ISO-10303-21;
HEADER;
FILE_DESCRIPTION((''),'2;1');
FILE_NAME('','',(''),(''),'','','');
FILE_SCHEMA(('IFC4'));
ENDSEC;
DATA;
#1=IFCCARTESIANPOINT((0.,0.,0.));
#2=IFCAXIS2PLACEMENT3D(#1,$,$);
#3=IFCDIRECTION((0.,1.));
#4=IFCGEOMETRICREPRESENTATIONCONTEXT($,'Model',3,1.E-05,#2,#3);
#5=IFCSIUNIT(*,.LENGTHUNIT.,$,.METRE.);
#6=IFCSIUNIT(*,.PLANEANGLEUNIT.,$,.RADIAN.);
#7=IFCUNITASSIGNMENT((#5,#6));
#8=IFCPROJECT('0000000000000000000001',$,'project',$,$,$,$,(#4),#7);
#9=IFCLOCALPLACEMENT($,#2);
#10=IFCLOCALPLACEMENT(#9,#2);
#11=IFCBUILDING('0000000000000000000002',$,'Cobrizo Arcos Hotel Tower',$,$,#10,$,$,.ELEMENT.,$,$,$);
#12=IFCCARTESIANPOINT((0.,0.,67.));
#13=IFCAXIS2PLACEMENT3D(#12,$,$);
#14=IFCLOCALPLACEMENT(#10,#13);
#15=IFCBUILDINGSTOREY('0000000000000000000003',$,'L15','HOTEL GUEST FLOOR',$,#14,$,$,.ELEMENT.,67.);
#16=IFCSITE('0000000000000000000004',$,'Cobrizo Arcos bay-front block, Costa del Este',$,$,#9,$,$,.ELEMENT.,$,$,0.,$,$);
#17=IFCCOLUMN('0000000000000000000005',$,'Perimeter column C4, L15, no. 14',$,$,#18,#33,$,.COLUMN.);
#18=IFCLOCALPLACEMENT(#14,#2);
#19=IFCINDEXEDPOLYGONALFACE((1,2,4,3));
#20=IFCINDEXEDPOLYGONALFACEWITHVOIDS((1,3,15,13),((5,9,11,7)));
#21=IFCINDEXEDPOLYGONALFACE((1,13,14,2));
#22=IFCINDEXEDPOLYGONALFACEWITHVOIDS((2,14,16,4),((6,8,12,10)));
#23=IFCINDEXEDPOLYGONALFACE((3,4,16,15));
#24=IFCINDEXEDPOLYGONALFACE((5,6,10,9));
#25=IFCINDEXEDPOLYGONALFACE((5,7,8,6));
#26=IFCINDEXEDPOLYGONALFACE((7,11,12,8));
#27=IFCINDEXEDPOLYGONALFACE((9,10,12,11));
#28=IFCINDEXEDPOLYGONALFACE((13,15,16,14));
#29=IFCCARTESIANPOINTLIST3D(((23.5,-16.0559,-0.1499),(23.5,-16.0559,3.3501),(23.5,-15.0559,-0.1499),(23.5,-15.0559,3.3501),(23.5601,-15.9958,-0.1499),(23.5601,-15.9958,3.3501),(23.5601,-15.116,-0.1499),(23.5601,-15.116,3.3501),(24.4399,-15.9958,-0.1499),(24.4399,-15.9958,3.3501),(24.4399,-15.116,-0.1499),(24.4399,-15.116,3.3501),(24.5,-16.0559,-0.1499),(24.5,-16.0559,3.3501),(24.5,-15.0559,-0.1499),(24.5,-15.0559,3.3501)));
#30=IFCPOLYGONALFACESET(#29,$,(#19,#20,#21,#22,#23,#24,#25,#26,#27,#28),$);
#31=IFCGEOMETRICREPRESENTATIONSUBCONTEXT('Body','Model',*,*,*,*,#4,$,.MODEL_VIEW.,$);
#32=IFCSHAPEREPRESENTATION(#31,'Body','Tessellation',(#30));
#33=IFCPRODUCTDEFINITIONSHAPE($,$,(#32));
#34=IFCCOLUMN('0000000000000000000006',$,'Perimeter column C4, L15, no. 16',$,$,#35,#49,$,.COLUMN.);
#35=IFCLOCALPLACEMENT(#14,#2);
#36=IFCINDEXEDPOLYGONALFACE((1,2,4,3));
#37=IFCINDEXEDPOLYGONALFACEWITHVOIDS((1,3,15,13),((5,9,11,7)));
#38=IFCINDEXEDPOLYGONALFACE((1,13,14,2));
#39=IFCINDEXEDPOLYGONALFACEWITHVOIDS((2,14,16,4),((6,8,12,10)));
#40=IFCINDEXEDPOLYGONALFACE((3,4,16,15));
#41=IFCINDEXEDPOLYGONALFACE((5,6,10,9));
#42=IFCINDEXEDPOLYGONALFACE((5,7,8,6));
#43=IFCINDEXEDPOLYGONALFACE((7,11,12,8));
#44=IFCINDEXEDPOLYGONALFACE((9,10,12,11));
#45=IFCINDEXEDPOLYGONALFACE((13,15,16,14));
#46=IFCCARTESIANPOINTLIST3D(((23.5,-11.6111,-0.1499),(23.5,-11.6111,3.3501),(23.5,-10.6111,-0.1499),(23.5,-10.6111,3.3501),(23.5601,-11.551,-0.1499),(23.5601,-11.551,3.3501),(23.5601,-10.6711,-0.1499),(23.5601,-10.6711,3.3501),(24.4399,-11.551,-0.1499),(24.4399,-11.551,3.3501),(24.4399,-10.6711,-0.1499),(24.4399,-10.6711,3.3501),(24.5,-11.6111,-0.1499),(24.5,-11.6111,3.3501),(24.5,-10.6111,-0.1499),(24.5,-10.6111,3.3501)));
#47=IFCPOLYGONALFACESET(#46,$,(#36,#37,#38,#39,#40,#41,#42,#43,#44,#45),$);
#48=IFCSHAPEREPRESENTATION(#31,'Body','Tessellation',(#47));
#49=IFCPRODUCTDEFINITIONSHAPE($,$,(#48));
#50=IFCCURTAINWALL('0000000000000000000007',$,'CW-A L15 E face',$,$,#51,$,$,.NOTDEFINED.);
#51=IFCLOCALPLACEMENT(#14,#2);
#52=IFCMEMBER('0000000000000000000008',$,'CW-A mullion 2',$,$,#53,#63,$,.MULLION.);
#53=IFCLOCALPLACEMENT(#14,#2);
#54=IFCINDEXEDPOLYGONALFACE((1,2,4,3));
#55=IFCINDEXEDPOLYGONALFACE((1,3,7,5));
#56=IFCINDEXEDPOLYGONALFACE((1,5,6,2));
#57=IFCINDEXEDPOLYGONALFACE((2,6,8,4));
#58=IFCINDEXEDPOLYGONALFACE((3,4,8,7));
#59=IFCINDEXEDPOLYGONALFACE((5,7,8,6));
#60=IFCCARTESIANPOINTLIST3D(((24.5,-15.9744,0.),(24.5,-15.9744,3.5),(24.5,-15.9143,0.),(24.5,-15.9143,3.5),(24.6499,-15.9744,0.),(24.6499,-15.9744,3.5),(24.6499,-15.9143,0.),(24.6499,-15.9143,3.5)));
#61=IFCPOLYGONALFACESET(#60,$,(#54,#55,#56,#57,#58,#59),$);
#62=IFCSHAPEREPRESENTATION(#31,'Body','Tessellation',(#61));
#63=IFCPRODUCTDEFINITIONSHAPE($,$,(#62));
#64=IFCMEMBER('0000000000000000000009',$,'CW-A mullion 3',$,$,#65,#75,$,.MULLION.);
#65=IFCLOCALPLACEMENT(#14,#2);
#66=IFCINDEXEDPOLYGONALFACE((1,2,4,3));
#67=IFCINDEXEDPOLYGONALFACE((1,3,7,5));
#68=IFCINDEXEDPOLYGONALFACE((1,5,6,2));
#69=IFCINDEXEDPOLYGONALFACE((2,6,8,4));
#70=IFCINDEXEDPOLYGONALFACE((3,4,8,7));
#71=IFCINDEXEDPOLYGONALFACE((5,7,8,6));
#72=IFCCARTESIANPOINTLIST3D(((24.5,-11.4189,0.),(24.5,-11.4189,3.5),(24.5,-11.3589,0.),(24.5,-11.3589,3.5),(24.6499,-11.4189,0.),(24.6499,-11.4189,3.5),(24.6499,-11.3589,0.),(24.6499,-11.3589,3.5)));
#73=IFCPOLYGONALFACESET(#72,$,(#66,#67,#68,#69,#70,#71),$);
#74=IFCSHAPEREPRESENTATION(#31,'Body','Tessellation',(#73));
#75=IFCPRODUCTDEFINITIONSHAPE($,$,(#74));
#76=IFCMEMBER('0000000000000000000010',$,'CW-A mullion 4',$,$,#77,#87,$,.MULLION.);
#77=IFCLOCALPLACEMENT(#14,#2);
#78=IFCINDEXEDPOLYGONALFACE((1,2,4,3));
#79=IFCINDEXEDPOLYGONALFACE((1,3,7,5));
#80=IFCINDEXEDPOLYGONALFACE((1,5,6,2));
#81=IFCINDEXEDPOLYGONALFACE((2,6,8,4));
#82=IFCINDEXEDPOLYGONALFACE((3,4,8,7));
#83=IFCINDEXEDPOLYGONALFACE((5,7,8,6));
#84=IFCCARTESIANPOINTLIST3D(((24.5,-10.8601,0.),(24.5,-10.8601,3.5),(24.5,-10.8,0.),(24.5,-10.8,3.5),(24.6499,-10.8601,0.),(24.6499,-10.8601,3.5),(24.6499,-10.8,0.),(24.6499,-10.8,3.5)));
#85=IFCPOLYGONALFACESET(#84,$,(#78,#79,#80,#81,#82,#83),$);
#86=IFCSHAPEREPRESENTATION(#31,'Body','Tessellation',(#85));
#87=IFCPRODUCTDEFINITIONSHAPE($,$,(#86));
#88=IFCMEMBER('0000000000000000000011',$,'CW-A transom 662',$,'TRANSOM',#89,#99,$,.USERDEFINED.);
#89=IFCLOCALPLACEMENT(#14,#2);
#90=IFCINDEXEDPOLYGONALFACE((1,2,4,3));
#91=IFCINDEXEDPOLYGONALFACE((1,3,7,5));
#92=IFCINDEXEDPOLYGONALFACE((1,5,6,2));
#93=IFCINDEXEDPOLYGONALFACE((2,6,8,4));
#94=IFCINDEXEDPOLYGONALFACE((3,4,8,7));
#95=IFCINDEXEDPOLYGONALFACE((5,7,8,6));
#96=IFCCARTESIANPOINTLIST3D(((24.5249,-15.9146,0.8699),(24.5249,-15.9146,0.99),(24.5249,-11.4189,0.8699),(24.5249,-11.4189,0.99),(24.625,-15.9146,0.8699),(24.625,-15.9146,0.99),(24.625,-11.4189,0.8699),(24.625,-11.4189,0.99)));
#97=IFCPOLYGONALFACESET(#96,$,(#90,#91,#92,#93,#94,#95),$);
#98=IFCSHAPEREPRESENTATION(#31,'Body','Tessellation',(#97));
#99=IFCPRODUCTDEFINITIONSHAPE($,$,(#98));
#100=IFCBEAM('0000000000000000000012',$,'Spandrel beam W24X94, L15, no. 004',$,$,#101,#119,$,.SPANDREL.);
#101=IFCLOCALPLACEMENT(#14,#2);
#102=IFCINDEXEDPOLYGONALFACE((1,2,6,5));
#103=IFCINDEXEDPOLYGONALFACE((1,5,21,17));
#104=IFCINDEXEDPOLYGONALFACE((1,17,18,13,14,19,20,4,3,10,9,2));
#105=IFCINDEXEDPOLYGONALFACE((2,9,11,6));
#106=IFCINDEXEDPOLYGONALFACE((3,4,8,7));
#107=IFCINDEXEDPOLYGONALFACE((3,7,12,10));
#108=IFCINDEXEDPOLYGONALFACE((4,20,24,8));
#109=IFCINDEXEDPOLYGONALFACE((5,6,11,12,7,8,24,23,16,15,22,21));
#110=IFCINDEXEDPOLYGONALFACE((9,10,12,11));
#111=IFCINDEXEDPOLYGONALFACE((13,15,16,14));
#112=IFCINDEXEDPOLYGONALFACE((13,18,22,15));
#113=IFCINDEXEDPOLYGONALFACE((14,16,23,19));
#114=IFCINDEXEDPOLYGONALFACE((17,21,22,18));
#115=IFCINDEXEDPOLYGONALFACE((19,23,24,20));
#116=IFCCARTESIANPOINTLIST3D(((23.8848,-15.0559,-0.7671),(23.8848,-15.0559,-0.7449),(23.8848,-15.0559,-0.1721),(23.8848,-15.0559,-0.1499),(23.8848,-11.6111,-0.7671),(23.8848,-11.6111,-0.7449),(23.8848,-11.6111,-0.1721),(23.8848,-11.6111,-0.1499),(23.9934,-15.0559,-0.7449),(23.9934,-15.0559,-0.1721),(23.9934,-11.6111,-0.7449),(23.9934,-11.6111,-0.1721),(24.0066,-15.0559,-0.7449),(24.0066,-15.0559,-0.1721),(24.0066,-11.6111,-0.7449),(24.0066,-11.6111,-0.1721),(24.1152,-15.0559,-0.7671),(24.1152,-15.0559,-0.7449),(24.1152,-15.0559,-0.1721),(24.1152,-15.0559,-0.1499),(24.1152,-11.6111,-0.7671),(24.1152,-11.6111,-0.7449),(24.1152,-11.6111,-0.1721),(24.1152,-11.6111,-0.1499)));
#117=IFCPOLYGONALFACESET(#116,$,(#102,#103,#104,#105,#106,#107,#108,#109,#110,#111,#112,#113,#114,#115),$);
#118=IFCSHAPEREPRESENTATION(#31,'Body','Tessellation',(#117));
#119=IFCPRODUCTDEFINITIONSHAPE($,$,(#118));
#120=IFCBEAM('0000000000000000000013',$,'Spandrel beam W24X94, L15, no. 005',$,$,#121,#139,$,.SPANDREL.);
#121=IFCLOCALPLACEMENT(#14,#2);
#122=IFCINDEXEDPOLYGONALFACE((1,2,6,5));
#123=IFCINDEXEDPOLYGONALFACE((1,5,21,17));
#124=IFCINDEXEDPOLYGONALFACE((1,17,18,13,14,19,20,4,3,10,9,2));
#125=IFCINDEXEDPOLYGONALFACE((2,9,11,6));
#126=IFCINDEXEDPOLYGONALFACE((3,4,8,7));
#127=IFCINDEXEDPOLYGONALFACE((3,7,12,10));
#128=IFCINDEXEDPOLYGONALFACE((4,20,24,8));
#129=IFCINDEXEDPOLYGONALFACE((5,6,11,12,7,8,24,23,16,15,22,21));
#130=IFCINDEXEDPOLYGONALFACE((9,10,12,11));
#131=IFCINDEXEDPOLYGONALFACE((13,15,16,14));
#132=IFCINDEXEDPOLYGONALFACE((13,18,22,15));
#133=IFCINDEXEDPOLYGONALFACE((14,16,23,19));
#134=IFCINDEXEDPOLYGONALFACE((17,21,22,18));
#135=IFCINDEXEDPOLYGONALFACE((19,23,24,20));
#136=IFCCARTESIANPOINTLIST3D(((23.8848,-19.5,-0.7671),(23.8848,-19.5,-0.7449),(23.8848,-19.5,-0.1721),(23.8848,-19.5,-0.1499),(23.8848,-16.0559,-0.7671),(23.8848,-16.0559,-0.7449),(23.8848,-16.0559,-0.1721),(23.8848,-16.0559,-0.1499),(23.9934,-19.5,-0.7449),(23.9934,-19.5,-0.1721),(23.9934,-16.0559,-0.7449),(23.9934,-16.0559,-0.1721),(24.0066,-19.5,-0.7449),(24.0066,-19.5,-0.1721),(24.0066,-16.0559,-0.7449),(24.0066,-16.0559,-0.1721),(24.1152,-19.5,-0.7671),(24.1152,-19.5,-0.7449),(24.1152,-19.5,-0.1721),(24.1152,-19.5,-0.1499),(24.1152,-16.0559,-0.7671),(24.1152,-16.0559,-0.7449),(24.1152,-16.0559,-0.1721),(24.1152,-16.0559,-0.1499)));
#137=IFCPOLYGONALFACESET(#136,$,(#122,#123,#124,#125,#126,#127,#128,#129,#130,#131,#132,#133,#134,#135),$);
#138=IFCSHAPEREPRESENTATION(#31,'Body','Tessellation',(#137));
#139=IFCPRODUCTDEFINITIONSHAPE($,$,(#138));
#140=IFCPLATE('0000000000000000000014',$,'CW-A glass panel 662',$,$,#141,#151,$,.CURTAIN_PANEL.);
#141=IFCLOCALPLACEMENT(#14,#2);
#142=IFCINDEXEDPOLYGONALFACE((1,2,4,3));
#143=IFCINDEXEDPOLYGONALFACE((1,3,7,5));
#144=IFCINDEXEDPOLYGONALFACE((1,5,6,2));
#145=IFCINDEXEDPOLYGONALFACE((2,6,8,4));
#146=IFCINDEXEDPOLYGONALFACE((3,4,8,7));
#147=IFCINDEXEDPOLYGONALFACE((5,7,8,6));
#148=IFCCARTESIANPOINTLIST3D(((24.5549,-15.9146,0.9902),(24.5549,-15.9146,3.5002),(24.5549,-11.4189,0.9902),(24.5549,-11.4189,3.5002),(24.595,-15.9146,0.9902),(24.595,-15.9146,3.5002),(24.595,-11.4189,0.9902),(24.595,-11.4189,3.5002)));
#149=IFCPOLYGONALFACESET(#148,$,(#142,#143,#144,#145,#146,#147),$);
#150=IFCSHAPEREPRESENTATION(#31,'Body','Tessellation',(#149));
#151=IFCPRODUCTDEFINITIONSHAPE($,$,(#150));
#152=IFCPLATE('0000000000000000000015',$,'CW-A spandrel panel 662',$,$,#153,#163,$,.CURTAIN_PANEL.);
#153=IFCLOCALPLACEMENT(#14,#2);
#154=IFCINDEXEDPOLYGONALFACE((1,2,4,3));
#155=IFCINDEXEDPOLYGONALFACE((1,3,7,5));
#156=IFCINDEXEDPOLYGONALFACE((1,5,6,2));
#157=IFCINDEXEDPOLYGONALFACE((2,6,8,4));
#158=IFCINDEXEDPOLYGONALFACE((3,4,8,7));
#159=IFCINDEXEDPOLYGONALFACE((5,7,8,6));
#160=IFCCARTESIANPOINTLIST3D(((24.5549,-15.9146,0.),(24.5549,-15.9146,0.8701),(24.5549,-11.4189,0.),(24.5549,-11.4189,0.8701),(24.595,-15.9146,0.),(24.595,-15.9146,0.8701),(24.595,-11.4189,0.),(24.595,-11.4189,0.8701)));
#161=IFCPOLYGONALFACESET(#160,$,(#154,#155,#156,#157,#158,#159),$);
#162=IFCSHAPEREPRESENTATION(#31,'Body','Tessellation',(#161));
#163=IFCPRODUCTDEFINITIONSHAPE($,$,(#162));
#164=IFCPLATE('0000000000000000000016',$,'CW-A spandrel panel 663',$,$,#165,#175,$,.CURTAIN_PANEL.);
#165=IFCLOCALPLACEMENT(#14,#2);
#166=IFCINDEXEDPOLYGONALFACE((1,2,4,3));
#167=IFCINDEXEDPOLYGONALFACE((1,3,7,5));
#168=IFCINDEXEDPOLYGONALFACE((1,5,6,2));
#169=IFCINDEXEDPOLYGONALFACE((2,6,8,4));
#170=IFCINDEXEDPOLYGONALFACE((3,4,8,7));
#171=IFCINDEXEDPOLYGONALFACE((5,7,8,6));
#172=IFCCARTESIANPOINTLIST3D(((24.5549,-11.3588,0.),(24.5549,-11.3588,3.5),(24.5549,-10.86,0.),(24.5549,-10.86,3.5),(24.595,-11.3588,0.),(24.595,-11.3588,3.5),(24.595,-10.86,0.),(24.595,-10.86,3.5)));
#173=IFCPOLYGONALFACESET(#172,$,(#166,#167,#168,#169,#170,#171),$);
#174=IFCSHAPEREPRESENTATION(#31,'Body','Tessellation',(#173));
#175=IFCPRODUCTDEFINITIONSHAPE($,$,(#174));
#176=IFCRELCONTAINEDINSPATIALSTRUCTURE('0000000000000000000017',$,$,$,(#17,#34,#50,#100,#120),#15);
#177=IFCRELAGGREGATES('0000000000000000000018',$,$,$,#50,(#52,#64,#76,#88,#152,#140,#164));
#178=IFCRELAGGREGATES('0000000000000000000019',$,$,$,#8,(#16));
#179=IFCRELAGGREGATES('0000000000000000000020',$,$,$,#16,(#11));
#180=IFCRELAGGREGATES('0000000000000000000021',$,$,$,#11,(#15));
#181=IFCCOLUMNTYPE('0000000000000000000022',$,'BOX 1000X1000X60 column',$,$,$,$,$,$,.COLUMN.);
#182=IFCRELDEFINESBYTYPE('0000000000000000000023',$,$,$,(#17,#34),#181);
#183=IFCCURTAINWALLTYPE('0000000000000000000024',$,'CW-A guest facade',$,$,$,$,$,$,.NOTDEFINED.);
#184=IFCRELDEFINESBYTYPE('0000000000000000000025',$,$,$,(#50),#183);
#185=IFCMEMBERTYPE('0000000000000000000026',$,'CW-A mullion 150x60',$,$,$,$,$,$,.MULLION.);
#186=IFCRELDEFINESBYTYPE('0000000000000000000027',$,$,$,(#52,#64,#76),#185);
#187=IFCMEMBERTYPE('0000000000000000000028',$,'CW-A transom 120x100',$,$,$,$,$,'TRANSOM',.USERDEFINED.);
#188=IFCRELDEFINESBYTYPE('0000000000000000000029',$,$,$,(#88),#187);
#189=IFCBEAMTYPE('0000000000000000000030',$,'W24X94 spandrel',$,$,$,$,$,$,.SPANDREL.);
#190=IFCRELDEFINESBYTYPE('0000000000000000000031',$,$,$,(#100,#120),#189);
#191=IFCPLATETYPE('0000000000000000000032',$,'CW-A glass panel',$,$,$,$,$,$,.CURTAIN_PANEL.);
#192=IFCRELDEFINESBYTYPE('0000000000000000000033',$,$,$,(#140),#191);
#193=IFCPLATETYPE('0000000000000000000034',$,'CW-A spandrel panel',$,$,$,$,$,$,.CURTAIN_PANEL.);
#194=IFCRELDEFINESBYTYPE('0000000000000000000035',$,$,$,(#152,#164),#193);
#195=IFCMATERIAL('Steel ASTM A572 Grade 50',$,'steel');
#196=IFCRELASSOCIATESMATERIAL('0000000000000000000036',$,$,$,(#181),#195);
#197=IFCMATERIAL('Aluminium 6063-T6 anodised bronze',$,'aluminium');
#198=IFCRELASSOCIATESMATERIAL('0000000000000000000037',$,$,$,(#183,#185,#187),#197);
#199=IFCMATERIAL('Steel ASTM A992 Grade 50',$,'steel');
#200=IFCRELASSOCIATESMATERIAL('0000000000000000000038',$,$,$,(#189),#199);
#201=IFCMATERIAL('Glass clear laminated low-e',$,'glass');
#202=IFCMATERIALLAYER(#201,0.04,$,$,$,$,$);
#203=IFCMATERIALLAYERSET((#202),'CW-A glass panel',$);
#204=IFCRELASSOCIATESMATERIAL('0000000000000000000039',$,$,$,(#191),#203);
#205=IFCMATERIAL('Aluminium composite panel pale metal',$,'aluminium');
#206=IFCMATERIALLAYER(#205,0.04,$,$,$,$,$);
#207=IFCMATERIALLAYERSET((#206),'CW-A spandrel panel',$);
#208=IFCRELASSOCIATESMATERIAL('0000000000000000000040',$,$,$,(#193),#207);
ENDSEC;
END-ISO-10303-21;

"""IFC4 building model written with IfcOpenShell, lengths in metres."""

from ifc_helpers import new_model, si_unit, direction, frame, origin, origin_2d, place, context, subcontext, project, spatial, rectangle, hollow_rectangle, i_section, extrude, material, layer, layer_set, material_profile, profile_set, type_object, element, aggregate, save


model = new_model("IFC4")

# Units and contexts
model_context = context("Model", 3, precision=1e-05, world=origin(), true_north=direction((0.0, 1.0)))
body_context = subcontext(model_context, "Body", "Model", "MODEL_VIEW")
ifc_project = project(units=[si_unit("LENGTHUNIT", "METRE"), si_unit("PLANEANGLEUNIT", "RADIAN")], contexts=[model_context])

# Site, building, storey
site_placement = place(None, origin())
site = spatial("IfcSite", under=ifc_project, at=site_placement, Name="Cobrizo Arcos bay-front block, Costa del Este", CompositionType="ELEMENT", RefElevation=0.0)
building_placement = place(site_placement, origin())
building = spatial("IfcBuilding", under=site, at=building_placement, Name="Cobrizo Arcos Hotel Tower", CompositionType="ELEMENT")
storey_placement = place(building_placement, frame((0.0, 0.0, 67.0)))
storey = spatial("IfcBuildingStorey", under=building, at=storey_placement, Name="L15", Description="HOTEL GUEST FLOOR", CompositionType="ELEMENT", Elevation=67.0)

# Columns
ifc_material_1 = material(Name="Steel ASTM A572 Grade 50", Category="steel")
ifc_material_profile_1 = material_profile(ifc_material_1, hollow_rectangle(XDim=1.0, YDim=1.0, WallThickness=0.0601, at=origin_2d()), Name="BOX 1000X1000X60")
ifc_profile_set_1 = profile_set([ifc_material_profile_1], Name="Steel ASTM A572 Grade 50")
column_type = type_object("IfcColumnType", Name="BOX 1000X1000X60 column", PredefinedType="COLUMN", material=ifc_profile_set_1)
for number, where, z_axis, x_axis, name in (
    (1, (24.0, -15.5559, -0.1499), (0.0, 0.0, 1.0), (1.0, 0.0, 0.0), "Perimeter column C4, L15, no. 14"),
    (2, (24.0, -11.1111, -0.1499), (0.0, 0.0, 1.0), (1.0, 0.0, 0.0), "Perimeter column C4, L15, no. 16"),
):
    element("IfcColumn", number, at=place(storey_placement, frame(where, z_axis=z_axis, x_axis=x_axis)), inside=storey, type_object=column_type, Name=name, PredefinedType="COLUMN", context=body_context, shape_type="SweptSolid", body=[
        extrude(hollow_rectangle(XDim=1.0, YDim=1.0, WallThickness=0.0601, at=origin_2d()), origin(), (0.0, 0.0, 1.0), 3.5),
    ])

# Curtain wall, members
ifc_material_2 = material(Name="Aluminium 6063-T6 anodised bronze", Category="aluminium")
curtain_wall_type = type_object("IfcCurtainWallType", Name="CW-A guest facade", PredefinedType="NOTDEFINED", material=ifc_material_2)
curtain_wall_placement = place(storey_placement, origin())
curtain_wall = element("IfcCurtainWall", 3, at=curtain_wall_placement, inside=storey, type_object=curtain_wall_type, Name="CW-A L15 E face", PredefinedType="NOTDEFINED")
ifc_material_profile_2 = material_profile(ifc_material_2, rectangle(XDim=0.1499, YDim=0.0601, at=origin_2d()), Name="CW-A mullion 150x60")
ifc_profile_set_2 = profile_set([ifc_material_profile_2], Name="Aluminium 6063-T6 anodised bronze")
member_type_1 = type_object("IfcMemberType", Name="CW-A mullion 150x60", PredefinedType="MULLION", material=ifc_profile_set_2)
member_1_placement = place(storey_placement, frame((24.575, -15.9443, 0.0), z_axis=(0.0, 0.0, 1.0), x_axis=(1.0, 0.0, 0.0)))
member_1 = element("IfcMember", 4, at=member_1_placement, type_object=member_type_1, Name="CW-A mullion 2", PredefinedType="MULLION", context=body_context, shape_type="SweptSolid", body=[
    extrude(rectangle(XDim=0.1499, YDim=0.0601, at=origin_2d()), origin(), (0.0, 0.0, 1.0), 3.5),
])
member_2_placement = place(storey_placement, frame((24.575, -11.3889, 0.0), z_axis=(0.0, 0.0, 1.0), x_axis=(1.0, 0.0, 0.0)))
member_2 = element("IfcMember", 5, at=member_2_placement, type_object=member_type_1, Name="CW-A mullion 3", PredefinedType="MULLION", context=body_context, shape_type="SweptSolid", body=[
    extrude(rectangle(XDim=0.1499, YDim=0.0601, at=origin_2d()), origin(), (0.0, 0.0, 1.0), 3.5),
])
member_3_placement = place(storey_placement, frame((24.575, -10.8301, 0.0), z_axis=(0.0, 0.0, 1.0), x_axis=(1.0, 0.0, 0.0)))
member_3 = element("IfcMember", 6, at=member_3_placement, type_object=member_type_1, Name="CW-A mullion 4", PredefinedType="MULLION", context=body_context, shape_type="SweptSolid", body=[
    extrude(rectangle(XDim=0.1499, YDim=0.0601, at=origin_2d()), origin(), (0.0, 0.0, 1.0), 3.5),
])
ifc_material_profile_3 = material_profile(ifc_material_2, rectangle(XDim=0.1001, YDim=0.1201, at=origin_2d()), Name="CW-A transom 120x100")
ifc_profile_set_3 = profile_set([ifc_material_profile_3], Name="Aluminium 6063-T6 anodised bronze")
member_type_2 = type_object("IfcMemberType", Name="CW-A transom 120x100", ElementType="TRANSOM", PredefinedType="USERDEFINED", material=ifc_profile_set_3)
member_4_placement = place(storey_placement, frame((24.575, -15.9146, 0.9299), z_axis=(0.0, 1.0, 0.0), x_axis=(-1.0, 0.0, 0.0)))
member_4 = element("IfcMember", 7, at=member_4_placement, type_object=member_type_2, Name="CW-A transom 662", ObjectType="TRANSOM", PredefinedType="USERDEFINED", context=body_context, shape_type="SweptSolid", body=[
    extrude(rectangle(XDim=0.1001, YDim=0.1201, at=origin_2d()), origin(), (0.0, 0.0, 1.0), 4.4956),
])

# Beams
ifc_material_3 = material(Name="Steel ASTM A992 Grade 50", Category="steel")
ifc_material_profile_4 = material_profile(ifc_material_3, i_section(OverallWidth=0.2305, OverallDepth=0.6172, WebThickness=0.0132, FlangeThickness=0.0222, at=origin_2d()), Name="W24X94")
ifc_profile_set_4 = profile_set([ifc_material_profile_4], Name="Steel ASTM A992 Grade 50")
beam_type = type_object("IfcBeamType", Name="W24X94 spandrel", PredefinedType="SPANDREL", material=ifc_profile_set_4)
beam_1_placement = place(storey_placement, frame((24.0, -11.6111, -0.4585), z_axis=(0.0, -1.0, 0.0), x_axis=(1.0, 0.0, 0.0)))
element("IfcBeam", 8, at=beam_1_placement, inside=storey, type_object=beam_type, Name="Spandrel beam W24X94, L15, no. 004", PredefinedType="SPANDREL", context=body_context, shape_type="SweptSolid", body=[
    extrude(i_section(OverallWidth=0.2305, OverallDepth=0.6172, WebThickness=0.0132, FlangeThickness=0.0222, at=origin_2d()), origin(), (0.0, 0.0, 1.0), 3.4448),
])
beam_2_placement = place(storey_placement, frame((24.0, -16.0559, -0.4585), z_axis=(0.0, -1.0, 0.0), x_axis=(1.0, 0.0, 0.0)))
element("IfcBeam", 9, at=beam_2_placement, inside=storey, type_object=beam_type, Name="Spandrel beam W24X94, L15, no. 005", PredefinedType="SPANDREL", context=body_context, shape_type="SweptSolid", body=[
    extrude(i_section(OverallWidth=0.2305, OverallDepth=0.6172, WebThickness=0.0132, FlangeThickness=0.0222, at=origin_2d()), origin(), (0.0, 0.0, 1.0), 3.4441),
])

# Plates
ifc_material_4 = material(Name="Glass clear laminated low-e", Category="glass")
ifc_layer_1 = layer(ifc_material_4, 0.04)
ifc_layer_set_1 = layer_set([ifc_layer_1], Name="CW-A glass panel")
plate_type_1 = type_object("IfcPlateType", Name="CW-A glass panel", PredefinedType="CURTAIN_PANEL", material=ifc_layer_set_1)
plate_1_placement = place(storey_placement, frame((24.575, -13.6667, 0.9902), z_axis=(0.0, 0.0, 1.0), x_axis=(0.0, 1.0, 0.0)))
plate_1 = element("IfcPlate", 10, at=plate_1_placement, type_object=plate_type_1, Name="CW-A glass panel 662", PredefinedType="CURTAIN_PANEL", context=body_context, shape_type="SweptSolid", body=[
    extrude(rectangle(XDim=4.4956, YDim=0.04, at=origin_2d()), origin(), (0.0, 0.0, 1.0), 2.51),
])
ifc_material_5 = material(Name="Aluminium composite panel pale metal", Category="aluminium")
ifc_layer_2 = layer(ifc_material_5, 0.04)
ifc_layer_set_2 = layer_set([ifc_layer_2], Name="CW-A spandrel panel")
plate_type_2 = type_object("IfcPlateType", Name="CW-A spandrel panel", PredefinedType="CURTAIN_PANEL", material=ifc_layer_set_2)
plate_2_placement = place(storey_placement, frame((24.575, -13.6667, 0.0), z_axis=(0.0, 0.0, 1.0), x_axis=(0.0, 1.0, 0.0)))
plate_2 = element("IfcPlate", 11, at=plate_2_placement, type_object=plate_type_2, Name="CW-A spandrel panel 662", PredefinedType="CURTAIN_PANEL", context=body_context, shape_type="SweptSolid", body=[
    extrude(rectangle(XDim=4.4956, YDim=0.04, at=origin_2d()), origin(), (0.0, 0.0, 1.0), 0.8701),
])
plate_3_placement = place(storey_placement, frame((24.575, -11.1094, 0.0), z_axis=(0.0, 0.0, 1.0), x_axis=(0.0, 1.0, 0.0)))
plate_3 = element("IfcPlate", 12, at=plate_3_placement, type_object=plate_type_2, Name="CW-A spandrel panel 663", PredefinedType="CURTAIN_PANEL", context=body_context, shape_type="SweptSolid", body=[
    extrude(rectangle(XDim=0.4988, YDim=0.04, at=origin_2d()), origin(), (0.0, 0.0, 1.0), 3.5),
])
aggregate(curtain_wall, [member_1, member_2, member_3, member_4, plate_2, plate_1, plate_3])

save(model, "model.ifc")
